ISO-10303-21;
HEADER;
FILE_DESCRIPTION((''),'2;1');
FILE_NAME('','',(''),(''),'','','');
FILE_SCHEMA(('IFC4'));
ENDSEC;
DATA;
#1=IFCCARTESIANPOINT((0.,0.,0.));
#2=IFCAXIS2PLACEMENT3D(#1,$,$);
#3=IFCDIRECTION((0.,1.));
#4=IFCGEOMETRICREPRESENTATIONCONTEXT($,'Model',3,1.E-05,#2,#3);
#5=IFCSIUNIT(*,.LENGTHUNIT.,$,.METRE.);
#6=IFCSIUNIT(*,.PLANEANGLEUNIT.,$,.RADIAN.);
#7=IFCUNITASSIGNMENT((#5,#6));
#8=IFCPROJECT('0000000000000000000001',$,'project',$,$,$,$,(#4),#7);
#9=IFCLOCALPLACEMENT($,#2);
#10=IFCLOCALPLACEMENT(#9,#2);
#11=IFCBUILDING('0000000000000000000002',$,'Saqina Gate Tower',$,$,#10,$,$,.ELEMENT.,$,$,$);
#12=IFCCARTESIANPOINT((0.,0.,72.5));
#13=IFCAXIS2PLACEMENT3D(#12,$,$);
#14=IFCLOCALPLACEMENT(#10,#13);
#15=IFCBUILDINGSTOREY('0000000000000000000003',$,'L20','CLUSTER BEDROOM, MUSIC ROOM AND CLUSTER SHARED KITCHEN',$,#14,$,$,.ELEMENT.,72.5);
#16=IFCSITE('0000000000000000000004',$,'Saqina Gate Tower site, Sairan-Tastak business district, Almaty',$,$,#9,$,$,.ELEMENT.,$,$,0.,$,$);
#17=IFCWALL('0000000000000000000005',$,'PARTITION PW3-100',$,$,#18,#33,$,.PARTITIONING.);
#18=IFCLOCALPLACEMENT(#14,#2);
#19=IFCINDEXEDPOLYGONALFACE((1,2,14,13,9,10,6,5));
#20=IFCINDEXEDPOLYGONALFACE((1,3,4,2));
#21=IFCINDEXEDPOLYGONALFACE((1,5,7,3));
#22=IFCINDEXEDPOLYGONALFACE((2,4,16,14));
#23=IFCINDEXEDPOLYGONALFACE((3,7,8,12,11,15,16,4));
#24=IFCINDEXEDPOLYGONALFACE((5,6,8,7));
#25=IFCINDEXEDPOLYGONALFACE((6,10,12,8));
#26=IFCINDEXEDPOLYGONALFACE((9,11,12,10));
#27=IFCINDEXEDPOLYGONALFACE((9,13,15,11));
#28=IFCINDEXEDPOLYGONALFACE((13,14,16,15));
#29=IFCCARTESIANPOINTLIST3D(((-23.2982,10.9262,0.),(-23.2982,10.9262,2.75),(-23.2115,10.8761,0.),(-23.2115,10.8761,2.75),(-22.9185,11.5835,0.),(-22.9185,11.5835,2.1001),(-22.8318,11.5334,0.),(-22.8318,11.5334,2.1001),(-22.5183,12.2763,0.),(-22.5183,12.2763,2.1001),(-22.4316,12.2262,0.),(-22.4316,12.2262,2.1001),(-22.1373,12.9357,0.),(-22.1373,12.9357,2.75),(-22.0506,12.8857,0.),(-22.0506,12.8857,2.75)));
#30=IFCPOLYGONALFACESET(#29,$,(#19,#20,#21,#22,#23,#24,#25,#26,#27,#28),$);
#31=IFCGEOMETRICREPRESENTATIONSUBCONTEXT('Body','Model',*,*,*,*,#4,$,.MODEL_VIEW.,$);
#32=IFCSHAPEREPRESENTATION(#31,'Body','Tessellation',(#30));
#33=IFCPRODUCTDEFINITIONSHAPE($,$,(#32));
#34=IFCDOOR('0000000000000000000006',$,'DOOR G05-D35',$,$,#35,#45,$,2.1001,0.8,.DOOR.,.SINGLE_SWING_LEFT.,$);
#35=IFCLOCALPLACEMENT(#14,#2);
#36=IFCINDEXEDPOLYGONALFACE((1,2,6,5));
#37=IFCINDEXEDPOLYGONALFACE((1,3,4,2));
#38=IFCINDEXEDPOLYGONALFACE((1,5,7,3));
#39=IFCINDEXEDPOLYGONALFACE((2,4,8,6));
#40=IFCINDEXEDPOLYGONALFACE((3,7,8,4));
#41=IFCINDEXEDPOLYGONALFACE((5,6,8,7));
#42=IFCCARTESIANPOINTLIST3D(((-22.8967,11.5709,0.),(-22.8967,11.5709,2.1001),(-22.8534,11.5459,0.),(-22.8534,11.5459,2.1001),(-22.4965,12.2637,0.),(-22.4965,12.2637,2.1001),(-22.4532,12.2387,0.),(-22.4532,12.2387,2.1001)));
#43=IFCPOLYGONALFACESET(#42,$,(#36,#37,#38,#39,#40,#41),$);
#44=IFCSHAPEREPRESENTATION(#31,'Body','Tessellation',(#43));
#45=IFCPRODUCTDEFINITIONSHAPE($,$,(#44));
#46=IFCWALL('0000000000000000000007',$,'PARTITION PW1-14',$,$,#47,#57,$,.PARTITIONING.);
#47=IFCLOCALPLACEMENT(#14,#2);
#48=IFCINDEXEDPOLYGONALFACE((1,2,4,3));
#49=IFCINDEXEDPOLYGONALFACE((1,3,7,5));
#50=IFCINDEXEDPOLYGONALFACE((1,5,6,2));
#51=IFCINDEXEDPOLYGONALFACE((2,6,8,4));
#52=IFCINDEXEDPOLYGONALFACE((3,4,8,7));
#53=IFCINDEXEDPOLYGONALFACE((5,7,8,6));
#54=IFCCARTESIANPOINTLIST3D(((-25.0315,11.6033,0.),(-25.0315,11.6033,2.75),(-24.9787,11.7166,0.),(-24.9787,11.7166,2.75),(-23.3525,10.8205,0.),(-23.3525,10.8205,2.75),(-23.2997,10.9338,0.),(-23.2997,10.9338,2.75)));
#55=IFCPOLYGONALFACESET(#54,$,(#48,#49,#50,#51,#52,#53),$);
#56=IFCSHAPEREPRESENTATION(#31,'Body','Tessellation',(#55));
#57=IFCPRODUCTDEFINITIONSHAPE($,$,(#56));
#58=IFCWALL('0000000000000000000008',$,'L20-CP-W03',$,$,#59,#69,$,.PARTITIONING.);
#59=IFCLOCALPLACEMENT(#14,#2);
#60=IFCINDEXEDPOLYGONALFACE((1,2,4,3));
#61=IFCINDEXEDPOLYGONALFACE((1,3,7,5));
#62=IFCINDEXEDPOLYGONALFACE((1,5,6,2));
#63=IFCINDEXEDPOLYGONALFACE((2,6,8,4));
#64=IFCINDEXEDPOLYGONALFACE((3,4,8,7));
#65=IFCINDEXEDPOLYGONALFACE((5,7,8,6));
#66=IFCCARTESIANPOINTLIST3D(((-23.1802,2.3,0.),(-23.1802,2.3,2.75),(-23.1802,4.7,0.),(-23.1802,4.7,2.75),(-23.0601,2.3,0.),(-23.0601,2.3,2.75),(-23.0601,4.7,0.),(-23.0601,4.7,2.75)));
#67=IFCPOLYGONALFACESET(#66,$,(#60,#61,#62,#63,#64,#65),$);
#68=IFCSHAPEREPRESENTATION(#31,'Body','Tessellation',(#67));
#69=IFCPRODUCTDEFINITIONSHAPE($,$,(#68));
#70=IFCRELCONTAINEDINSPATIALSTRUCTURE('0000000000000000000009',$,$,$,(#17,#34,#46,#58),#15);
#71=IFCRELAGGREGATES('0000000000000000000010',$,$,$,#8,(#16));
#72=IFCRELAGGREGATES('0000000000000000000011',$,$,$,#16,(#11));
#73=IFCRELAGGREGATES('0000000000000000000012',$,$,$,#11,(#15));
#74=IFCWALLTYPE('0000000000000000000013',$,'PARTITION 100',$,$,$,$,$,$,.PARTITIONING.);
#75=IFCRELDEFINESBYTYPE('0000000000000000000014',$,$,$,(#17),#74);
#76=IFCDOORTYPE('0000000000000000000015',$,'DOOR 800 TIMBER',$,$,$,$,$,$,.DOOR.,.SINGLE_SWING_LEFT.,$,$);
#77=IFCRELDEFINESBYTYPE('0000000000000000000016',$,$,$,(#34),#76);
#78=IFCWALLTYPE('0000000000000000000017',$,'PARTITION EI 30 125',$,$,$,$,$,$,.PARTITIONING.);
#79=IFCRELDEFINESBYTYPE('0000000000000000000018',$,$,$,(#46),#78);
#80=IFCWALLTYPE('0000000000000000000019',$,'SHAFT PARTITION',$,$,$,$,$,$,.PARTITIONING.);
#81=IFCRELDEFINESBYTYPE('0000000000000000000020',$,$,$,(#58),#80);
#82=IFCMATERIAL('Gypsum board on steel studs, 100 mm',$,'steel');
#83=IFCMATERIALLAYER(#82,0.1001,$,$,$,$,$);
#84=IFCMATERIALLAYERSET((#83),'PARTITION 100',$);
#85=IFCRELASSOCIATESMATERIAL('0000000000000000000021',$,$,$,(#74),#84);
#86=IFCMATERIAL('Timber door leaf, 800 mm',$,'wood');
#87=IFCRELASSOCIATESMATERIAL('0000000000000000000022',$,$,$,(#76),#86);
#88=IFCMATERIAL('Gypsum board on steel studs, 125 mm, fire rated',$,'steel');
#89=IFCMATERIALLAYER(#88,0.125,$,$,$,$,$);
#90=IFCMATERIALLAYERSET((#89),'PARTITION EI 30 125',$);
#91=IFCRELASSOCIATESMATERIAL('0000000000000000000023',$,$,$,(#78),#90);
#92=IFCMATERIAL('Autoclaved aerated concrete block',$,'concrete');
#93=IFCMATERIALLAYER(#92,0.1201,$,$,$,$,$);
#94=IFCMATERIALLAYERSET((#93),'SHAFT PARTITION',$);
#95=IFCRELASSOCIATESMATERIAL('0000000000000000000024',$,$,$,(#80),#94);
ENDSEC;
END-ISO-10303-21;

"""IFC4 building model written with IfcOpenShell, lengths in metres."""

from ifc_helpers import new_model, si_unit, direction, frame, frame_2d, origin, place, context, subcontext, project, spatial, rectangle, extrude, material, layer, layer_set, type_object, element, fill, save


model = new_model("IFC4")

# Units and contexts
model_context = context("Model", 3, precision=1e-05, world=origin(), true_north=direction((0.0, 1.0)))
body_context = subcontext(model_context, "Body", "Model", "MODEL_VIEW")
ifc_project = project(units=[si_unit("LENGTHUNIT", "METRE"), si_unit("PLANEANGLEUNIT", "RADIAN")], contexts=[model_context])

# Site, building, storey
site_placement = place(None, origin())
site = spatial("IfcSite", under=ifc_project, at=site_placement, Name="Saqina Gate Tower site, Sairan-Tastak business district, Almaty", CompositionType="ELEMENT", RefElevation=0.0)
building_placement = place(site_placement, origin())
building = spatial("IfcBuilding", under=site, at=building_placement, Name="Saqina Gate Tower", CompositionType="ELEMENT")
storey_placement = place(building_placement, frame((0.0, 0.0, 72.5)))
storey = spatial("IfcBuildingStorey", under=building, at=storey_placement, Name="L20", Description="CLUSTER BEDROOM, MUSIC ROOM AND CLUSTER SHARED KITCHEN", CompositionType="ELEMENT", Elevation=72.5)

# Shared definitions
ifc_material_1 = material(Name="Gypsum board on steel studs, 100 mm", Category="steel")
ifc_layer_1 = layer(ifc_material_1, 0.1001)
ifc_layer_set_1 = layer_set([ifc_layer_1], Name="PARTITION 100")
wall_type_1 = type_object("IfcWallType", Name="PARTITION 100", PredefinedType="PARTITIONING", material=ifc_layer_set_1)

# Wall, opening, door
wall_1_placement = place(storey_placement, frame((-23.2549, 10.9011, 0.0), z_axis=(0.0, 0.0, 1.0), x_axis=(0.500223, 0.865896, 0.0)))
wall_1 = element("IfcWall", 1, at=wall_1_placement, inside=storey, type_object=wall_type_1, Name="PARTITION PW3-100", PredefinedType="PARTITIONING", context=body_context, shape_type="SweptSolid", body=[
    extrude(rectangle(XDim=2.3208, YDim=0.1001, at=frame_2d((1.1604, 0.0))), origin(), (0.0, 0.0, 1.0), 2.75),
])
opening_1_placement = place(wall_1_placement, frame((0.7593, 0.0, 0.0)))
opening_1 = element("IfcOpeningElement", 2, at=opening_1_placement, cuts=wall_1, PredefinedType="OPENING", context=body_context, shape_type="SweptSolid", body=[
    extrude(rectangle(XDim=0.8, YDim=2.1001, at=frame_2d((0.3999, 1.05))), frame((0.0, 0.062, 0.0), z_axis=(0.0, -1.0, 0.0), x_axis=(1.0, 0.0, 0.0)), (0.0, 0.0, 1.0), 0.124),
])
ifc_material_2 = material(Name="Timber door leaf, 800 mm", Category="wood")
door_type_1 = type_object("IfcDoorType", Name="DOOR 800 TIMBER", OperationType="SINGLE_SWING_LEFT", PredefinedType="DOOR", material=ifc_material_2)
door_1_placement = place(opening_1_placement, origin())
door_1 = element("IfcDoor", 3, at=door_1_placement, inside=storey, type_object=door_type_1, Name="DOOR G05-D35", OperationType="SINGLE_SWING_LEFT", OverallHeight=2.1001, OverallWidth=0.8, PredefinedType="DOOR", context=body_context, shape_type="SweptSolid", body=[
    extrude(rectangle(XDim=0.8, YDim=2.1001, at=frame_2d((0.3999, 1.05))), frame((0.0, 0.0249, 0.0), z_axis=(0.0, -1.0, 0.0), x_axis=(1.0, 0.0, 0.0)), (0.0, 0.0, 1.0), 0.05),
])
fill(opening_1, door_1)

# Walls
ifc_material_3 = material(Name="Gypsum board on steel studs, 125 mm, fire rated", Category="steel")
ifc_layer_2 = layer(ifc_material_3, 0.125)
ifc_layer_set_2 = layer_set([ifc_layer_2], Name="PARTITION EI 30 125")
wall_type_2 = type_object("IfcWallType", Name="PARTITION EI 30 125", PredefinedType="PARTITIONING", material=ifc_layer_set_2)
wall_2_placement = place(storey_placement, frame((-25.0051, 11.6599, 0.0), z_axis=(0.0, 0.0, 1.0), x_axis=(0.906348, -0.422532, 0.0)))
element("IfcWall", 4, at=wall_2_placement, inside=storey, type_object=wall_type_2, Name="PARTITION PW1-14", PredefinedType="PARTITIONING", context=body_context, shape_type="SweptSolid", body=[
    extrude(rectangle(XDim=1.8525, YDim=0.125, at=frame_2d((0.9263, 0.0))), origin(), (0.0, 0.0, 1.0), 2.75),
])
ifc_material_4 = material(Name="Autoclaved aerated concrete block", Category="concrete")
ifc_layer_3 = layer(ifc_material_4, 0.1201)
ifc_layer_set_3 = layer_set([ifc_layer_3], Name="SHAFT PARTITION")
wall_type_3 = type_object("IfcWallType", Name="SHAFT PARTITION", PredefinedType="PARTITIONING", material=ifc_layer_set_3)
wall_3_placement = place(storey_placement, frame((-23.1201, 2.3, 0.0), z_axis=(0.0, 0.0, 1.0), x_axis=(0.0, 1.0, 0.0)))
element("IfcWall", 5, at=wall_3_placement, inside=storey, type_object=wall_type_3, Name="L20-CP-W03", PredefinedType="PARTITIONING", context=body_context, shape_type="SweptSolid", body=[
    extrude(rectangle(XDim=2.3999, YDim=0.1201, at=frame_2d((1.2, 0.0))), origin(), (0.0, 0.0, 1.0), 2.75),
])

save(model, "model.ifc")
